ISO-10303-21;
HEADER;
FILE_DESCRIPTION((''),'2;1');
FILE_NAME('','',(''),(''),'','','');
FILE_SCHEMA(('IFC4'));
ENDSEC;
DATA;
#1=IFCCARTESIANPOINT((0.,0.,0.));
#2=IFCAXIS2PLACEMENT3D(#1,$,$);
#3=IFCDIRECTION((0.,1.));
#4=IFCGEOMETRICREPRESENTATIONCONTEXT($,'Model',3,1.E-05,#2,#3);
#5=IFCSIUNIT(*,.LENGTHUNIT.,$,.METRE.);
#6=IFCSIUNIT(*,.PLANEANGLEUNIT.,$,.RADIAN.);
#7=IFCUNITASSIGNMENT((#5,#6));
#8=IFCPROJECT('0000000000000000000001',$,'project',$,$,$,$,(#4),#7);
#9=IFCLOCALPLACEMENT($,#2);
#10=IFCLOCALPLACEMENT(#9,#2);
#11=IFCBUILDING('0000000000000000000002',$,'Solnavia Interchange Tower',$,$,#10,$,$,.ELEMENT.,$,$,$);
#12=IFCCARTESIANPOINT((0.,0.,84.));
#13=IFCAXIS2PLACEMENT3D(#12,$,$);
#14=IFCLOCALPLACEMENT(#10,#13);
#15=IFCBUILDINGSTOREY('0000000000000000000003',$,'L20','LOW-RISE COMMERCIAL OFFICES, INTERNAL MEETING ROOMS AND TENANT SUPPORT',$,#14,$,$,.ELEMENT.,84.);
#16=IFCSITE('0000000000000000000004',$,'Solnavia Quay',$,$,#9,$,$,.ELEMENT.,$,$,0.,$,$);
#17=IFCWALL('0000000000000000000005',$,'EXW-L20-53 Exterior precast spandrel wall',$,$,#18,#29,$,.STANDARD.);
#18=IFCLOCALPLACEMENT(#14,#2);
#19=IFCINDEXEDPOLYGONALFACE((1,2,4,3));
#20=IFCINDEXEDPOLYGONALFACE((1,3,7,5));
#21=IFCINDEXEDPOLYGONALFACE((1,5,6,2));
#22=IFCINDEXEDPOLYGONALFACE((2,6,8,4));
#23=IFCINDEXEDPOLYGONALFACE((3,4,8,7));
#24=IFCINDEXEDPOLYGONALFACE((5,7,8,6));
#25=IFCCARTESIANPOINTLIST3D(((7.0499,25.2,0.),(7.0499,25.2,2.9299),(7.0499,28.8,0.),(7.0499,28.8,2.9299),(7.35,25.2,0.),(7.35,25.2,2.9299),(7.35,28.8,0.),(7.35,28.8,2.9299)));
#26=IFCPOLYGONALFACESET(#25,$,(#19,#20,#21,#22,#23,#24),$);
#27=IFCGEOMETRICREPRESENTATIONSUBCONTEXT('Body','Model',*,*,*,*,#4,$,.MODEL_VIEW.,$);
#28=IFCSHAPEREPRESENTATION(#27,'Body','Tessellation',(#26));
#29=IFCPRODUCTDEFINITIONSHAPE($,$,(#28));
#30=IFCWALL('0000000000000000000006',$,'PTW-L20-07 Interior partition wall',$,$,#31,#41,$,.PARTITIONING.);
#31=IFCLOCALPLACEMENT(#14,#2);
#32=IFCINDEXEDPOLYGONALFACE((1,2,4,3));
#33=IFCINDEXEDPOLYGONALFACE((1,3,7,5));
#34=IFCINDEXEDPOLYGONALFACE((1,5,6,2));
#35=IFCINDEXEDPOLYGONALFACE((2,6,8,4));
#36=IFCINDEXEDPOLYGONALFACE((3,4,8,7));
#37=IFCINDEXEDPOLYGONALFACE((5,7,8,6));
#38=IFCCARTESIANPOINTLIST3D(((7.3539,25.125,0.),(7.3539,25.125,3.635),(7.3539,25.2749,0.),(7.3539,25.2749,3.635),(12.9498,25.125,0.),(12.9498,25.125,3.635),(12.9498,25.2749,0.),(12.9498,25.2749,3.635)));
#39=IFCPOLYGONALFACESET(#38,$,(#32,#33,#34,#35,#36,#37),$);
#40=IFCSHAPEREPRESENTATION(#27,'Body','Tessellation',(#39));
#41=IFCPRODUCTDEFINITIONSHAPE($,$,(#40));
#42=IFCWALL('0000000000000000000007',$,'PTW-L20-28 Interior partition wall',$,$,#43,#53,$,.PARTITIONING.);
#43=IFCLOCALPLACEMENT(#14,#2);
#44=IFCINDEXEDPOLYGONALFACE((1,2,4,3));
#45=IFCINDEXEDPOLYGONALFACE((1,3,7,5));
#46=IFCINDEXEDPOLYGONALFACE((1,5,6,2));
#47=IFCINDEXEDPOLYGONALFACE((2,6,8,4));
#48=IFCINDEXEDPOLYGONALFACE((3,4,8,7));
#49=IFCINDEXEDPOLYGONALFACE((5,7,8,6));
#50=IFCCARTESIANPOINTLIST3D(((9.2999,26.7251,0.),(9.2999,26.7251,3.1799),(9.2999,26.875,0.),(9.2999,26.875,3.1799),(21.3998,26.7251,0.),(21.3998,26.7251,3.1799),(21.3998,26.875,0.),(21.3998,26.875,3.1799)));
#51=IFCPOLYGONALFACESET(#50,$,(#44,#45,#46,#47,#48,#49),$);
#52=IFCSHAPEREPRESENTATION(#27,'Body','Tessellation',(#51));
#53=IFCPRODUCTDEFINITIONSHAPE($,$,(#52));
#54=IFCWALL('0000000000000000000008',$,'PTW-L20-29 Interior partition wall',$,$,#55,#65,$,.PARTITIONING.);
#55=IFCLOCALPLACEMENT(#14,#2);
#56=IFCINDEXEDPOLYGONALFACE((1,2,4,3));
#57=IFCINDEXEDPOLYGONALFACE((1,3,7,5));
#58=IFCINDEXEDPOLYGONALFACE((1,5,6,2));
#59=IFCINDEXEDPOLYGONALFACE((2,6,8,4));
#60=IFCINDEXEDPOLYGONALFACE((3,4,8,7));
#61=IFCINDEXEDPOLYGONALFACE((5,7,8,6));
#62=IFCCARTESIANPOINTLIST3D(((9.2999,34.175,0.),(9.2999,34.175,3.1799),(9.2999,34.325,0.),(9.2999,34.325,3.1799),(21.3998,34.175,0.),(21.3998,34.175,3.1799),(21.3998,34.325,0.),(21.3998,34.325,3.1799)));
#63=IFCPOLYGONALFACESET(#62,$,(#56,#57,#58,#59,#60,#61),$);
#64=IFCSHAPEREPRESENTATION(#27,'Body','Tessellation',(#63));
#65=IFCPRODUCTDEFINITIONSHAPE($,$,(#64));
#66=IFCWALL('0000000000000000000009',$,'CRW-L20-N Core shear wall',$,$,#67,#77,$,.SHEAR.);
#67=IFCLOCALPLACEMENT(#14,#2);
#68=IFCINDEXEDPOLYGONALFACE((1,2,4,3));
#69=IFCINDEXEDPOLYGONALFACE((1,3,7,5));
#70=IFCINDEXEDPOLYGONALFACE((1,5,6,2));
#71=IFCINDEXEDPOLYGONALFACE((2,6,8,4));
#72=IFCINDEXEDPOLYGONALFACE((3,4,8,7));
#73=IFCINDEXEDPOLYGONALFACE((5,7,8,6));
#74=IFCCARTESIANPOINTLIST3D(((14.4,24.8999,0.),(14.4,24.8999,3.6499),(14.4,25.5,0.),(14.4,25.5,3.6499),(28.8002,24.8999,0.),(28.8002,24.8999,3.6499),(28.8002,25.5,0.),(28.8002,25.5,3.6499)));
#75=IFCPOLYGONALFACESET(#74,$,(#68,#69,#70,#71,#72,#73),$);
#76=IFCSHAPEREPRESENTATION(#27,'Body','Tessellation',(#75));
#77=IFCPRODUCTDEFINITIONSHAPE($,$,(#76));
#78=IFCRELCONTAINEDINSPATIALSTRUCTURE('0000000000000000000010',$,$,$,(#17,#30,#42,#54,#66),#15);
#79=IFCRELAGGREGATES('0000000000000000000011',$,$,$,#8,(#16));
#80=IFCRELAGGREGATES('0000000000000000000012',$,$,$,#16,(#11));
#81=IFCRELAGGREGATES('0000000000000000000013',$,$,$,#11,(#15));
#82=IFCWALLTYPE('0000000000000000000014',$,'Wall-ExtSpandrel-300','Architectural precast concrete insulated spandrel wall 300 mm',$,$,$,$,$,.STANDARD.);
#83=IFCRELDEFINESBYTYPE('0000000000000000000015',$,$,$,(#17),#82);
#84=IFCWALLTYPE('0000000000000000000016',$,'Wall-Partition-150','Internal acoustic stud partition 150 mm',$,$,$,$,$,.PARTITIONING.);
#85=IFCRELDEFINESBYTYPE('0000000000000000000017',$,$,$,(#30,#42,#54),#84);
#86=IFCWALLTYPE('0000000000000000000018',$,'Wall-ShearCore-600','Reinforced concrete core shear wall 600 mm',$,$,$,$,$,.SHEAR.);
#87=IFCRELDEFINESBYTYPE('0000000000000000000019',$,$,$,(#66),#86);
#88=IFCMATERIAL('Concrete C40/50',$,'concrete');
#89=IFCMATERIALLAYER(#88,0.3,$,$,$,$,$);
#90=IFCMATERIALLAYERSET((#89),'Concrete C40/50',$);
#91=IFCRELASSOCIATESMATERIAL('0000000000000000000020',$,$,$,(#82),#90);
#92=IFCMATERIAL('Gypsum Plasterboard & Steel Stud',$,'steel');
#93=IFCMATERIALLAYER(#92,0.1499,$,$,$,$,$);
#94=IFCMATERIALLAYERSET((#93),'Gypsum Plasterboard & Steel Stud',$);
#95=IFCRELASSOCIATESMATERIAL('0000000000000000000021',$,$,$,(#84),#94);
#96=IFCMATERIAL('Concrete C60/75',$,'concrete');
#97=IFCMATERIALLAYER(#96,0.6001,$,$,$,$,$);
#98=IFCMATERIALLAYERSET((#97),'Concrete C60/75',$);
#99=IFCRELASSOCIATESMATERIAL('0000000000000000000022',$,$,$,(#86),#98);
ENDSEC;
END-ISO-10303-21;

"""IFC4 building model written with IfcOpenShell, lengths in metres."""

from ifc_helpers import new_model, si_unit, direction, frame, frame_2d, origin, place, context, subcontext, project, spatial, rectangle, extrude, material, layer, layer_set, type_object, element, save


model = new_model("IFC4")

# Units and contexts
model_context = context("Model", 3, precision=1e-05, world=origin(), true_north=direction((0.0, 1.0)))
body_context = subcontext(model_context, "Body", "Model", "MODEL_VIEW")
ifc_project = project(units=[si_unit("LENGTHUNIT", "METRE"), si_unit("PLANEANGLEUNIT", "RADIAN")], contexts=[model_context])

# Site, building, storey
site_placement = place(None, origin())
site = spatial("IfcSite", under=ifc_project, at=site_placement, Name="Solnavia Quay", CompositionType="ELEMENT", RefElevation=0.0)
building_placement = place(site_placement, origin())
building = spatial("IfcBuilding", under=site, at=building_placement, Name="Solnavia Interchange Tower", CompositionType="ELEMENT")
storey_placement = place(building_placement, frame((0.0, 0.0, 84.0)))
storey = spatial("IfcBuildingStorey", under=building, at=storey_placement, Name="L20", Description="LOW-RISE COMMERCIAL OFFICES, INTERNAL MEETING ROOMS AND TENANT SUPPORT", CompositionType="ELEMENT", Elevation=84.0)

# Walls
ifc_material_1 = material(Name="Concrete C40/50", Category="concrete")
ifc_layer_1 = layer(ifc_material_1, 0.3)
ifc_layer_set_1 = layer_set([ifc_layer_1], Name="Concrete C40/50")
wall_type_1 = type_object("IfcWallType", Name="Wall-ExtSpandrel-300", Description="Architectural precast concrete insulated spandrel wall 300 mm", PredefinedType="STANDARD", material=ifc_layer_set_1)
wall_1_placement = place(storey_placement, frame((7.2, 25.2, 0.0), z_axis=(0.0, 0.0, 1.0), x_axis=(0.0, 1.0, 0.0)))
element("IfcWall", 1, at=wall_1_placement, inside=storey, type_object=wall_type_1, Name="EXW-L20-53 Exterior precast spandrel wall", PredefinedType="STANDARD", context=body_context, shape_type="SweptSolid", body=[
    extrude(rectangle(XDim=3.6001, YDim=0.3, at=frame_2d((1.8, 0.0))), origin(), (0.0, 0.0, 1.0), 2.9299),
])
ifc_material_2 = material(Name="Gypsum Plasterboard & Steel Stud", Category="steel")
ifc_layer_2 = layer(ifc_material_2, 0.1499)
ifc_layer_set_2 = layer_set([ifc_layer_2], Name="Gypsum Plasterboard & Steel Stud")
wall_type_2 = type_object("IfcWallType", Name="Wall-Partition-150", Description="Internal acoustic stud partition 150 mm", PredefinedType="PARTITIONING", material=ifc_layer_set_2)
wall_2_placement = place(storey_placement, frame((7.354, 25.2, 0.0), z_axis=(0.0, 0.0, 1.0), x_axis=(1.0, 0.0, 0.0)))
element("IfcWall", 2, at=wall_2_placement, inside=storey, type_object=wall_type_2, Name="PTW-L20-07 Interior partition wall", PredefinedType="PARTITIONING", context=body_context, shape_type="SweptSolid", body=[
    extrude(rectangle(XDim=5.5959, YDim=0.1499, at=frame_2d((2.7979, 0.0))), origin(), (0.0, 0.0, 1.0), 3.635),
])
for number, where, z_axis, x_axis, name in (
    (3, (9.3, 26.8, 0.0), (0.0, 0.0, 1.0), (1.0, 0.0, 0.0), "PTW-L20-28 Interior partition wall"),
    (4, (9.3, 34.25, 0.0), (0.0, 0.0, 1.0), (1.0, 0.0, 0.0), "PTW-L20-29 Interior partition wall"),
):
    element("IfcWall", number, at=place(storey_placement, frame(where, z_axis=z_axis, x_axis=x_axis)), inside=storey, type_object=wall_type_2, Name=name, PredefinedType="PARTITIONING", context=body_context, shape_type="SweptSolid", body=[
        extrude(rectangle(XDim=12.0999, YDim=0.1499, at=frame_2d((6.0498, 0.0))), origin(), (0.0, 0.0, 1.0), 3.1799),
    ])
ifc_material_3 = material(Name="Concrete C60/75", Category="concrete")
ifc_layer_3 = layer(ifc_material_3, 0.6001)
ifc_layer_set_3 = layer_set([ifc_layer_3], Name="Concrete C60/75")
wall_type_3 = type_object("IfcWallType", Name="Wall-ShearCore-600", Description="Reinforced concrete core shear wall 600 mm", PredefinedType="SHEAR", material=ifc_layer_set_3)
wall_3_placement = place(storey_placement, frame((14.3999, 25.2, 0.0), z_axis=(0.0, 0.0, 1.0), x_axis=(1.0, 0.0, 0.0)))
element("IfcWall", 5, at=wall_3_placement, inside=storey, type_object=wall_type_3, Name="CRW-L20-N Core shear wall", PredefinedType="SHEAR", context=body_context, shape_type="SweptSolid", body=[
    extrude(rectangle(XDim=14.4001, YDim=0.6001, at=frame_2d((7.2002, 0.0))), origin(), (0.0, 0.0, 1.0), 3.6499),
])

save(model, "model.ifc")
